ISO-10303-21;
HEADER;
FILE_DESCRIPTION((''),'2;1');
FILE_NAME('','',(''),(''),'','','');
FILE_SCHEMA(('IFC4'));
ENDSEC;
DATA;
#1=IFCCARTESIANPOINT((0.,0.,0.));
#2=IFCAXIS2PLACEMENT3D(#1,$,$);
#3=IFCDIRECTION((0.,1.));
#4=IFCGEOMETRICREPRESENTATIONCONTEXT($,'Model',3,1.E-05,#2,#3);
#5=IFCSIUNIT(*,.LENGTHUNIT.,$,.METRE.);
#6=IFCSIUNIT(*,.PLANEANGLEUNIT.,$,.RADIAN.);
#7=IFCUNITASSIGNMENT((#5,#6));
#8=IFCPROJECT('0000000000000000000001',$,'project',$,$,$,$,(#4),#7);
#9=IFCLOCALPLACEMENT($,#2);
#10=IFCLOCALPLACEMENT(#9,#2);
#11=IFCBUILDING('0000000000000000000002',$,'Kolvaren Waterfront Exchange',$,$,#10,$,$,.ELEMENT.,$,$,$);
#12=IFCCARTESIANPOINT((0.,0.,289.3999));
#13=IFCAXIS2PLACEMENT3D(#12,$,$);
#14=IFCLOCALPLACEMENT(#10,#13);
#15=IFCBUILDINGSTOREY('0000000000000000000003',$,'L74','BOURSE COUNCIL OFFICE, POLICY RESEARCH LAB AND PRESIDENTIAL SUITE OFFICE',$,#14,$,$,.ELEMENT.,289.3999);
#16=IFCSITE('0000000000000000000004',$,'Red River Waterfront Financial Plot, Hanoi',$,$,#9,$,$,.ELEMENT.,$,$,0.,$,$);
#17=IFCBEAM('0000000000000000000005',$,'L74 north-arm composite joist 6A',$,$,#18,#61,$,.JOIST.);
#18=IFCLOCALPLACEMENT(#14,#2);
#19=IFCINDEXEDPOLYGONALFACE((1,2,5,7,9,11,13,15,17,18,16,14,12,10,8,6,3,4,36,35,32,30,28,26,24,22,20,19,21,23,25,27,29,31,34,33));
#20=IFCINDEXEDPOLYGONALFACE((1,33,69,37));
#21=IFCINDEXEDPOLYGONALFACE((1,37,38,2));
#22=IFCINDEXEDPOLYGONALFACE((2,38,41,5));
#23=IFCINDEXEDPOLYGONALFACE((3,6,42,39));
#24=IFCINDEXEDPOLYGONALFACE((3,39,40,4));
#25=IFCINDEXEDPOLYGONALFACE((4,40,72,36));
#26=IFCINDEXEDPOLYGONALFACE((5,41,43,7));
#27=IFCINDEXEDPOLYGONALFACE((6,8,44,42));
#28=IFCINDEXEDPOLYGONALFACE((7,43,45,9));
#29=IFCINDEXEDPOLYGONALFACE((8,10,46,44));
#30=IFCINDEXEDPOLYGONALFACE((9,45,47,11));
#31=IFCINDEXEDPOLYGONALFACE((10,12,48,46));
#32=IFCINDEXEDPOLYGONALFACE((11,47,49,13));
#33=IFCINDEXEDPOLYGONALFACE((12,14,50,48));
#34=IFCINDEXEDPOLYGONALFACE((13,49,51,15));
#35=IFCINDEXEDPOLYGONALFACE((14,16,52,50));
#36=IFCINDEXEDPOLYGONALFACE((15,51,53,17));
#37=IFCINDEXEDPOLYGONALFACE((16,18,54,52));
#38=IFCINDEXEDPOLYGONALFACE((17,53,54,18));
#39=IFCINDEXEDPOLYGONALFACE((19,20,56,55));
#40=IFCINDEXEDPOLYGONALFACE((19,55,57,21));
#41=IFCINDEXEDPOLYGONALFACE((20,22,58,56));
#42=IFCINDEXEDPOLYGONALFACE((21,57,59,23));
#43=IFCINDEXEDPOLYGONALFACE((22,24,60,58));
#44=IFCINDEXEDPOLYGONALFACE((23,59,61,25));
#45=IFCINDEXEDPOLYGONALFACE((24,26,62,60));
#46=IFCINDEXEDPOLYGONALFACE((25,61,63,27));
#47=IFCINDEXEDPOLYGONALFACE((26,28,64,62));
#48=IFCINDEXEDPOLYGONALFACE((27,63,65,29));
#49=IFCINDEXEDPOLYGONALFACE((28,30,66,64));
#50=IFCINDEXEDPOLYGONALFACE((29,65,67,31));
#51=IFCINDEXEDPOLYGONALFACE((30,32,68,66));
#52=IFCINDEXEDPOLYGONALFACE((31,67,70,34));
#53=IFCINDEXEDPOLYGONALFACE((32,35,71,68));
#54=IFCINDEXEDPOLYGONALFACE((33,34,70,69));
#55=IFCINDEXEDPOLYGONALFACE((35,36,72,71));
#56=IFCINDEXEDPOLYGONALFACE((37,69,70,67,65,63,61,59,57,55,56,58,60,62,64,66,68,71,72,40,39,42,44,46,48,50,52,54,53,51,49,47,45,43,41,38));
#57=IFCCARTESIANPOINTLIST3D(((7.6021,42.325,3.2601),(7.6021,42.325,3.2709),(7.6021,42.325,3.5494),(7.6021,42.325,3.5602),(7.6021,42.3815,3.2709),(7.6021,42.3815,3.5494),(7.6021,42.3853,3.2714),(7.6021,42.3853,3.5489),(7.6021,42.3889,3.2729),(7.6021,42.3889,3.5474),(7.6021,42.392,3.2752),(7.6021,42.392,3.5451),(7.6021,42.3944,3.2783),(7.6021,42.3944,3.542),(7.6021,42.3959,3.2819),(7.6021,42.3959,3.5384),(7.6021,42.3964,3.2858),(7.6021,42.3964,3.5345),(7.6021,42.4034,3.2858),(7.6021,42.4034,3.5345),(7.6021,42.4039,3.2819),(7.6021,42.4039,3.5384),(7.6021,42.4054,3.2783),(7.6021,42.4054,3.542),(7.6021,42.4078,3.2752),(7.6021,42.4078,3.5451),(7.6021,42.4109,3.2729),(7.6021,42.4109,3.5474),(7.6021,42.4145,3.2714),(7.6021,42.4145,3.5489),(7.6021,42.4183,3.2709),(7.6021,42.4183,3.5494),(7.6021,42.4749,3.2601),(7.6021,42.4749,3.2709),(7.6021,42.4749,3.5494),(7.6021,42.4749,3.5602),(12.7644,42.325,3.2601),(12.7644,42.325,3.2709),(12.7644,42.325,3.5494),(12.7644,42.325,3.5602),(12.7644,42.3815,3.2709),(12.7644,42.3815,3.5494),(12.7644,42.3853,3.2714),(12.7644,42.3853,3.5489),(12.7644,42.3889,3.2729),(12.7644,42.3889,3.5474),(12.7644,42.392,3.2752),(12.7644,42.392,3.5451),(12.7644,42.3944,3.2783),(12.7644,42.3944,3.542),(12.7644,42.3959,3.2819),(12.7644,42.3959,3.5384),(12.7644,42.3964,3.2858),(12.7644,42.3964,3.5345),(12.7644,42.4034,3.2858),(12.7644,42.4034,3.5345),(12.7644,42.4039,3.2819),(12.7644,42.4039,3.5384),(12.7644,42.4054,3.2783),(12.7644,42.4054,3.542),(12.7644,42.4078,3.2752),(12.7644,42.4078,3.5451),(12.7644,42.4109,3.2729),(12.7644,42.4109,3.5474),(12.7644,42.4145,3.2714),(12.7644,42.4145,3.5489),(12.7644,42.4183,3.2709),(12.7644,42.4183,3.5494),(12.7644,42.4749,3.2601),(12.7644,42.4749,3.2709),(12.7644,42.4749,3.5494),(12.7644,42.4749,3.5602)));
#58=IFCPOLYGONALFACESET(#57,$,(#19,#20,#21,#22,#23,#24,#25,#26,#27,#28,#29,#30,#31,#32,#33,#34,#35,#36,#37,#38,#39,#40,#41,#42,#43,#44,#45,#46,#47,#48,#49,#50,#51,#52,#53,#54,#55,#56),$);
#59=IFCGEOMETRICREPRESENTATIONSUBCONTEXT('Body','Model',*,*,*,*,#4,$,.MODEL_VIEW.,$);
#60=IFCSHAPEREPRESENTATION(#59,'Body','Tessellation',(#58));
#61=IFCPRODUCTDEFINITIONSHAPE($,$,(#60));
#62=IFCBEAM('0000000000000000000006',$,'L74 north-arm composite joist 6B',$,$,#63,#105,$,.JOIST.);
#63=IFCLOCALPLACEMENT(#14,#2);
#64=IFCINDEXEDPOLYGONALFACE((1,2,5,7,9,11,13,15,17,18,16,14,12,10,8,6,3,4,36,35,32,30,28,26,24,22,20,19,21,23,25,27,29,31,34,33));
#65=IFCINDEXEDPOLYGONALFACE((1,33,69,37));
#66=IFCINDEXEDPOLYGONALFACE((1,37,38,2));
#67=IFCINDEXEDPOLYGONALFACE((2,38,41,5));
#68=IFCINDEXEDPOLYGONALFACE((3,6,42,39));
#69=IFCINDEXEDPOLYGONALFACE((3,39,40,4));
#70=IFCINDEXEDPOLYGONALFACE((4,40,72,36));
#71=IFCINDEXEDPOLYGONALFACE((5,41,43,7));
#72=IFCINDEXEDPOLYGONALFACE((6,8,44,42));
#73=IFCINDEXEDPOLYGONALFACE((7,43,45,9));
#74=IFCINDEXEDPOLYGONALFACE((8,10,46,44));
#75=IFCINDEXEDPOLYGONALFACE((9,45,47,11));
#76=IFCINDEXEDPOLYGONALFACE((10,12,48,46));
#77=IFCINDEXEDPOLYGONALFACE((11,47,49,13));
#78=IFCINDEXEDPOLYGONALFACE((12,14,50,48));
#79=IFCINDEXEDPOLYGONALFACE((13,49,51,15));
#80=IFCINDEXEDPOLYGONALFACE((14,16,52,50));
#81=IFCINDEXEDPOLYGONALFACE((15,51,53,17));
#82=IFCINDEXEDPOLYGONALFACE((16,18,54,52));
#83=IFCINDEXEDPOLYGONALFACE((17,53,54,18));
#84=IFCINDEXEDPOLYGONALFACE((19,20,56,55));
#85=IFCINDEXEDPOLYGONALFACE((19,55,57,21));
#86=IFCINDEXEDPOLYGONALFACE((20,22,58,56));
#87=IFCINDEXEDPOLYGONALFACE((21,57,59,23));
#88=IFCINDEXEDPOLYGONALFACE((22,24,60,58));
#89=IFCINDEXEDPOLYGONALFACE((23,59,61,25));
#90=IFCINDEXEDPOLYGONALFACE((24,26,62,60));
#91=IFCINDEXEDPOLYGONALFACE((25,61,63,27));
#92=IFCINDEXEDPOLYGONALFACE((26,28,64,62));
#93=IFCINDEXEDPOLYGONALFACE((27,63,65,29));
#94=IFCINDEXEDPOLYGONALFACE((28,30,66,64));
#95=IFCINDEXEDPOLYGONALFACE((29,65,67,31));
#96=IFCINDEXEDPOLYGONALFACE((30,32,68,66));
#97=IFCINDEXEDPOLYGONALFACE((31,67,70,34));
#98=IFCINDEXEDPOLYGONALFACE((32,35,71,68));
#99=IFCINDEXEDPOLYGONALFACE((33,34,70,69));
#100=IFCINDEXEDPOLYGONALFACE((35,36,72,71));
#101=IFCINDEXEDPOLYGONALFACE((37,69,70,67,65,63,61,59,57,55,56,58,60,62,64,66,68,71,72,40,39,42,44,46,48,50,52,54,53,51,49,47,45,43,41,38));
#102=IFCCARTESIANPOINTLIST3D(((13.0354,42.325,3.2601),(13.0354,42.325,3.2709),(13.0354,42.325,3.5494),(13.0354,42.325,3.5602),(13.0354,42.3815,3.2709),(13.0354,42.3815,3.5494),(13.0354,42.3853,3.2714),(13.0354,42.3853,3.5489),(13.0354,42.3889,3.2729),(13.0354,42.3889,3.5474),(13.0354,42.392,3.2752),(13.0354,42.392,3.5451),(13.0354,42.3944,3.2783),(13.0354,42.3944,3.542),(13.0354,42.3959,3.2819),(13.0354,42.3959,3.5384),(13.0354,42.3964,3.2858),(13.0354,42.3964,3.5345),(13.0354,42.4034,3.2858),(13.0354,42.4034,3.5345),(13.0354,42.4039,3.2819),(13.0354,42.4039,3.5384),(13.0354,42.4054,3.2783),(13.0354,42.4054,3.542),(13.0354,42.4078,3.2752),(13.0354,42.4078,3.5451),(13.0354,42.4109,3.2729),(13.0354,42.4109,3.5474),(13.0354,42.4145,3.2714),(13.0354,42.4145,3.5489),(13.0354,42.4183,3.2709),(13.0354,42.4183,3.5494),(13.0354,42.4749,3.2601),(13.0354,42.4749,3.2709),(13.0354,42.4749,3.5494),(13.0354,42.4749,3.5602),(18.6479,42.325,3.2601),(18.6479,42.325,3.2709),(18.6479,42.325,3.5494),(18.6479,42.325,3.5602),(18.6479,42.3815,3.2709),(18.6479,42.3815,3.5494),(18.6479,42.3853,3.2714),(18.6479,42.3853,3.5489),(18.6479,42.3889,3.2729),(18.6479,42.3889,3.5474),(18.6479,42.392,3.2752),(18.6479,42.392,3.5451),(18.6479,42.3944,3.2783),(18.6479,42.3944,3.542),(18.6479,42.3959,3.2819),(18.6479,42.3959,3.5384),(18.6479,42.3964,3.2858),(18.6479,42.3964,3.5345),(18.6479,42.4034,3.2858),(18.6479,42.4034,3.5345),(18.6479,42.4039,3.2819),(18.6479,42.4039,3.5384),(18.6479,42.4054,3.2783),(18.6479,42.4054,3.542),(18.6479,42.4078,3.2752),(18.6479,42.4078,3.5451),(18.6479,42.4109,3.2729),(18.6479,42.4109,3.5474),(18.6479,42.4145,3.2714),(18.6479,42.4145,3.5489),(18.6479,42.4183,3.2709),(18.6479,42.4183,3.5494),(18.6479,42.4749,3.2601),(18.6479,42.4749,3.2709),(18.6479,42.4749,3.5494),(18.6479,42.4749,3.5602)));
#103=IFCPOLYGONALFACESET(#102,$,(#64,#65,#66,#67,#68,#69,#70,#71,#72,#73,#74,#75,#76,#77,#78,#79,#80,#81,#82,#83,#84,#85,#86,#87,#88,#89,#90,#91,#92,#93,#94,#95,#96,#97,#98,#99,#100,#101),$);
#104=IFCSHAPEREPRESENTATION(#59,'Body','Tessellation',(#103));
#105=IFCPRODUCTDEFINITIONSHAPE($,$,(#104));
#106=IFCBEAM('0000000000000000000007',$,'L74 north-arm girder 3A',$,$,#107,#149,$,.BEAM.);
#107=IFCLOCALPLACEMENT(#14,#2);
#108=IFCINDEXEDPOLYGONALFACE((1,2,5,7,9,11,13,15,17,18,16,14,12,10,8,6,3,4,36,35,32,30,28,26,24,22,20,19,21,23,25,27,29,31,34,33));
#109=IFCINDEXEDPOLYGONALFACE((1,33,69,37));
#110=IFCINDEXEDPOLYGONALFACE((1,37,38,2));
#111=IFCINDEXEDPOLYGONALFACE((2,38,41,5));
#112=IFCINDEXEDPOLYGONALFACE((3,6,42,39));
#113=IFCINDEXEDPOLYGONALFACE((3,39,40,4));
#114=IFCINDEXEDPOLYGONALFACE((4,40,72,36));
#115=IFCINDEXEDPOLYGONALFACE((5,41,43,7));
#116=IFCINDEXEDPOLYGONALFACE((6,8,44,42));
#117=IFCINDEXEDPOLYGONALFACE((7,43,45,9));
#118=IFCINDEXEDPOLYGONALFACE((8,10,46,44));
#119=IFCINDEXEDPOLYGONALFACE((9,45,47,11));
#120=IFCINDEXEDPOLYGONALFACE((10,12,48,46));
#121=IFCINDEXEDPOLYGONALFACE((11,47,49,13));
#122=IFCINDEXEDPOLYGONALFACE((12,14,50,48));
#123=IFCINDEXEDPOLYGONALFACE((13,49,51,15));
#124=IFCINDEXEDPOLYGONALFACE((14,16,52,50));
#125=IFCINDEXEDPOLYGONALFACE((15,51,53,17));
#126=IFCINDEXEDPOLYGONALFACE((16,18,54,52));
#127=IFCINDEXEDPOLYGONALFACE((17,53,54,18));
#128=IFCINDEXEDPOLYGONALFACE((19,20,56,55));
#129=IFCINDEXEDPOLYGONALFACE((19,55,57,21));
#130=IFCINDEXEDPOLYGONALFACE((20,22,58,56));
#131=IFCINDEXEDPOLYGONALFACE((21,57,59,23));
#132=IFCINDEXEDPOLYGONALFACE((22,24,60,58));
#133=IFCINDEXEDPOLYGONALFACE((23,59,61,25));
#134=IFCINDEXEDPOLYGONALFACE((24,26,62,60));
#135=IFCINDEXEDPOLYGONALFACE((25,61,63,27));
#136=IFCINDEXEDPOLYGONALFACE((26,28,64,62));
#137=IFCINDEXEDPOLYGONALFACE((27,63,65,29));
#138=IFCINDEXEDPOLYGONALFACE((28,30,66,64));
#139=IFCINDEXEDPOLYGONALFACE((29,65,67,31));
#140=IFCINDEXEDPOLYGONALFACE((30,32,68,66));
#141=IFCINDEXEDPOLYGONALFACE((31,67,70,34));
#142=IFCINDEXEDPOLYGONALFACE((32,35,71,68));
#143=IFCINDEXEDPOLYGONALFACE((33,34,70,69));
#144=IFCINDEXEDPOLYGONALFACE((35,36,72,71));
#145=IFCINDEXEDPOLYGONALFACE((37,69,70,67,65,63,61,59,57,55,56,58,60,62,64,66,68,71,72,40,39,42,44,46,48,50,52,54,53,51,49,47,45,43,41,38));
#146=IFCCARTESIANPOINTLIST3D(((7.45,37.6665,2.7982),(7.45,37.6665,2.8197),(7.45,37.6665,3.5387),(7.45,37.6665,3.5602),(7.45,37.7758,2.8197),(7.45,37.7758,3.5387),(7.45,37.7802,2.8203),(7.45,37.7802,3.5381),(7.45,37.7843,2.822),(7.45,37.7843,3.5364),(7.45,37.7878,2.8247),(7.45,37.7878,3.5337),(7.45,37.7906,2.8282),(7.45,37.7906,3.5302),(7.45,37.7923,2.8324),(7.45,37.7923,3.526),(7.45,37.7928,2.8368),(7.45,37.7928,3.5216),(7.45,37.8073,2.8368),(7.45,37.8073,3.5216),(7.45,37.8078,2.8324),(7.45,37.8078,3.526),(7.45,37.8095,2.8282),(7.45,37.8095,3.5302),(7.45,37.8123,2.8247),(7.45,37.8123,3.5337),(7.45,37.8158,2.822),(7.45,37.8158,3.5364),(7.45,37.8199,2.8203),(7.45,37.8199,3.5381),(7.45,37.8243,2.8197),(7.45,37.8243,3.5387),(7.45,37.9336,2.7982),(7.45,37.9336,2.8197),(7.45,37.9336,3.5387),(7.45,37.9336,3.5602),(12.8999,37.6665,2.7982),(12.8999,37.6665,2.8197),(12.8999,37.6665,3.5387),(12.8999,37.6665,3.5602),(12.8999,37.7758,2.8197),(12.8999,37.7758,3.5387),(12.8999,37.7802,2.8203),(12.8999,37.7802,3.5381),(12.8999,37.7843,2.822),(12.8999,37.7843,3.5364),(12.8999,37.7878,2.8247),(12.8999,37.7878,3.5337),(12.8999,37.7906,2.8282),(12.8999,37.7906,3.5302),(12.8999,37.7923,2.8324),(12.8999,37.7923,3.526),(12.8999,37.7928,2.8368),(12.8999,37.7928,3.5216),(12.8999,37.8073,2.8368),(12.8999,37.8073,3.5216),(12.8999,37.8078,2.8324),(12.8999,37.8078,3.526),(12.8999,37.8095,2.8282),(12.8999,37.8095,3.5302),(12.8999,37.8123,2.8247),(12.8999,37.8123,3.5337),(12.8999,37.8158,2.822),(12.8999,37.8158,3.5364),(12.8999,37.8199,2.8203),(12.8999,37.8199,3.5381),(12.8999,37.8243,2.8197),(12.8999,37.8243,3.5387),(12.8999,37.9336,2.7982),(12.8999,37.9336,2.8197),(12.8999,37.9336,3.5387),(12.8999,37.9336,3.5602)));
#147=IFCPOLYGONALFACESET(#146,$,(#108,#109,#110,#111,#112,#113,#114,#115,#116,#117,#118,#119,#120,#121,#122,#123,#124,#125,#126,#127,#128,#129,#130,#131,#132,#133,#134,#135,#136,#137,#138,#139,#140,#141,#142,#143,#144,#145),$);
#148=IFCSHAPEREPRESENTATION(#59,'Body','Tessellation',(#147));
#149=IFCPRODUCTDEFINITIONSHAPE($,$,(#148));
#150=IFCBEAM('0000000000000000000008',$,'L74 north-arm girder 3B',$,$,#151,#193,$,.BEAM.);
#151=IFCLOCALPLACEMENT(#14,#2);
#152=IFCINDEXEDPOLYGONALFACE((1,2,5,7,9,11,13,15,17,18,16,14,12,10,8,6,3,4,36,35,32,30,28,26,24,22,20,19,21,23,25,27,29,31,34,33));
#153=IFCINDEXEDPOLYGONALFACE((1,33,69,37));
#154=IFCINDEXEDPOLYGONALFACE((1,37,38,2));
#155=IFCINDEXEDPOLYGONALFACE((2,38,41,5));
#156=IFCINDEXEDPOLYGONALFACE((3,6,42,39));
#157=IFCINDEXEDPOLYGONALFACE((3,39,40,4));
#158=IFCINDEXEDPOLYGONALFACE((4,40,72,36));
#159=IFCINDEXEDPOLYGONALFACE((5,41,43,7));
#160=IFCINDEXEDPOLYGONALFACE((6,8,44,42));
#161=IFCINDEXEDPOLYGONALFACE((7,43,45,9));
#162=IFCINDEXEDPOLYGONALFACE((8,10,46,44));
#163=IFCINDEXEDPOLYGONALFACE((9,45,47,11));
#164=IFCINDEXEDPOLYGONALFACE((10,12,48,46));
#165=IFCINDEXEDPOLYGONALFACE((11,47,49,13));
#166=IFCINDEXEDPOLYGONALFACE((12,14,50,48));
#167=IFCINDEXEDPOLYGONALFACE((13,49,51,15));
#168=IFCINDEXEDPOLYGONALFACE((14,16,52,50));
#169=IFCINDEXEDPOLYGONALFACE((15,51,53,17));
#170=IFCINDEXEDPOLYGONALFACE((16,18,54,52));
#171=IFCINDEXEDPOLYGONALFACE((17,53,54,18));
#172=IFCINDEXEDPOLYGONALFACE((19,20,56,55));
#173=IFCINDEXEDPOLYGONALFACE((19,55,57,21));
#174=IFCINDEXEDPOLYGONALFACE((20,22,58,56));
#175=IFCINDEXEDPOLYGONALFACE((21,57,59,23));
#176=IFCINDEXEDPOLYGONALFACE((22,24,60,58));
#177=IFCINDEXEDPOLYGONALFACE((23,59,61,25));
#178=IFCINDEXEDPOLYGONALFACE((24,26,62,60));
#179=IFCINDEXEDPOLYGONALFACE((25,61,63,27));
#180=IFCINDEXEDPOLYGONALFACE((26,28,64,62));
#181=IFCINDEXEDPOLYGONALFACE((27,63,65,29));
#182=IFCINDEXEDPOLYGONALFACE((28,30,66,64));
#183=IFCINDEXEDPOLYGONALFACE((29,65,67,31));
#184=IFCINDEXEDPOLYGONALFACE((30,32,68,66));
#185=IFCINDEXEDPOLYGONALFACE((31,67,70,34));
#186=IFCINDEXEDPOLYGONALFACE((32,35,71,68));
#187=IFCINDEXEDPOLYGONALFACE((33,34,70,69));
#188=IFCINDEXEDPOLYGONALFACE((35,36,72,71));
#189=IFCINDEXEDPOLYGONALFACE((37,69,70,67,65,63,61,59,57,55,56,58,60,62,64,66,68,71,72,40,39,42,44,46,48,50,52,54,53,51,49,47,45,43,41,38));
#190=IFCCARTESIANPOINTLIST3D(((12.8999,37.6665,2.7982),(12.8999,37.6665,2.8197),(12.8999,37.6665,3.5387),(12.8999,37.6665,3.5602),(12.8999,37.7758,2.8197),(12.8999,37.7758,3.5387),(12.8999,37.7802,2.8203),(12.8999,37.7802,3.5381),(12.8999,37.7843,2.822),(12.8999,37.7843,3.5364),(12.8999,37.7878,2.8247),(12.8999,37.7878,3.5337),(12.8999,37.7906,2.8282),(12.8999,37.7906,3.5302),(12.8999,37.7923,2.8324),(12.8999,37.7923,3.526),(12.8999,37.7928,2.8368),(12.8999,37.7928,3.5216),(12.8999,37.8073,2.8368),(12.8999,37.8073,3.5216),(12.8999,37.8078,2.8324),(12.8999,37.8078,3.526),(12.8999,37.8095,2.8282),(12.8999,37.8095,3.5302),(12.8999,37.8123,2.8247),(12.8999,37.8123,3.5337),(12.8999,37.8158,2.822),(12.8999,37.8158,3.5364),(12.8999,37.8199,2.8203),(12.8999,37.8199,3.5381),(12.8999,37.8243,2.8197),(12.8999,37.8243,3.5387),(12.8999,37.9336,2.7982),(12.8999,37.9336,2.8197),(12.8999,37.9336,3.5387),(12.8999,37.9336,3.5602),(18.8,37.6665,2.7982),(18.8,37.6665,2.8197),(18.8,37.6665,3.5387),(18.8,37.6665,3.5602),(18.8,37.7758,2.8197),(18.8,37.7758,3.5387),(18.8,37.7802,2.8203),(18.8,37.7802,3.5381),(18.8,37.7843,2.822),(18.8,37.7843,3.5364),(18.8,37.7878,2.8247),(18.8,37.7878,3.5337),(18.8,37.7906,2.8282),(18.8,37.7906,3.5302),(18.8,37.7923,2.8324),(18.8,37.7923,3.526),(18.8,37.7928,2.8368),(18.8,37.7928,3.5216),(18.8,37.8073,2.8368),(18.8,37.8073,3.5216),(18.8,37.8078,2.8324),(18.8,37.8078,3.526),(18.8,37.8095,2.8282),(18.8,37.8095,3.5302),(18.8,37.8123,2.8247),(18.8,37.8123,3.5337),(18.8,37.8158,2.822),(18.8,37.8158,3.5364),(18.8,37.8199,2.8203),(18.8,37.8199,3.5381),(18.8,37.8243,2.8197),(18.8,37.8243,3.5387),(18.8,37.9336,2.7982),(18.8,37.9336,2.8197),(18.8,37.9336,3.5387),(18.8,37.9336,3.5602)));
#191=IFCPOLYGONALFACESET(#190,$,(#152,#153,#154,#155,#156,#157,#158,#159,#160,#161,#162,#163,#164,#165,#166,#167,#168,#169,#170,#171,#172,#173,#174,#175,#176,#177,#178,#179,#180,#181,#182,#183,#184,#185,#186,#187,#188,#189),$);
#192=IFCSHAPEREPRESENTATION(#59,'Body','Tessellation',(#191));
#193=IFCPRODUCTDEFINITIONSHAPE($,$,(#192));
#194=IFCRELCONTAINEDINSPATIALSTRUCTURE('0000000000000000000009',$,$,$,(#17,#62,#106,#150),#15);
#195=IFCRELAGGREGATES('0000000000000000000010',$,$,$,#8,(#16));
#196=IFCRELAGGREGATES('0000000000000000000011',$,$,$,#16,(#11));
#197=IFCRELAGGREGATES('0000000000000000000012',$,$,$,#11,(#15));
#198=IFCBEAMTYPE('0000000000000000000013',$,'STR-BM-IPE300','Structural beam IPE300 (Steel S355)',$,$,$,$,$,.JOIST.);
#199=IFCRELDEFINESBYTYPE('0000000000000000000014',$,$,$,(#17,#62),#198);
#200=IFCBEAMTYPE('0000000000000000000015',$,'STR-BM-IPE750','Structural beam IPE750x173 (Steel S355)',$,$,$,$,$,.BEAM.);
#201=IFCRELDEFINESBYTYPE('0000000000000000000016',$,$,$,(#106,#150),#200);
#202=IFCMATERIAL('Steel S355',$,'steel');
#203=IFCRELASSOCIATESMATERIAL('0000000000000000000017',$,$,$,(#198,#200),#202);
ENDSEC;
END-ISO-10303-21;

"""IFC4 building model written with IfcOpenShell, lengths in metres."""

from ifc_helpers import new_model, si_unit, direction, frame, origin, origin_2d, place, context, subcontext, project, spatial, i_section, extrude, material, material_profile, profile_set, type_object, element, save


model = new_model("IFC4")

# Units and contexts
model_context = context("Model", 3, precision=1e-05, world=origin(), true_north=direction((0.0, 1.0)))
body_context = subcontext(model_context, "Body", "Model", "MODEL_VIEW")
ifc_project = project(units=[si_unit("LENGTHUNIT", "METRE"), si_unit("PLANEANGLEUNIT", "RADIAN")], contexts=[model_context])

# Site, building, storey
site_placement = place(None, origin())
site = spatial("IfcSite", under=ifc_project, at=site_placement, Name="Red River Waterfront Financial Plot, Hanoi", CompositionType="ELEMENT", RefElevation=0.0)
building_placement = place(site_placement, origin())
building = spatial("IfcBuilding", under=site, at=building_placement, Name="Kolvaren Waterfront Exchange", CompositionType="ELEMENT")
storey_placement = place(building_placement, frame((0.0, 0.0, 289.3999)))
storey = spatial("IfcBuildingStorey", under=building, at=storey_placement, Name="L74", Description="BOURSE COUNCIL OFFICE, POLICY RESEARCH LAB AND PRESIDENTIAL SUITE OFFICE", CompositionType="ELEMENT", Elevation=289.3999)

# Beams
ifc_material_1 = material(Name="Steel S355", Category="steel")
ifc_material_profile_1 = material_profile(ifc_material_1, i_section(OverallWidth=0.1499, OverallDepth=0.3, WebThickness=0.0071, FlangeThickness=0.0107, FilletRadius=0.0149, at=origin_2d()), Name="IPE300")
ifc_profile_set_1 = profile_set([ifc_material_profile_1], Name="Steel S355")
beam_type_1 = type_object("IfcBeamType", Name="STR-BM-IPE300", Description="Structural beam IPE300 (Steel S355)", PredefinedType="JOIST", material=ifc_profile_set_1)
beam_1_placement = place(storey_placement, frame((7.6021, 42.3999, 3.4102), z_axis=(1.0, 0.0, 0.0), x_axis=(0.0, 1.0, 0.0)))
element("IfcBeam", 1, at=beam_1_placement, inside=storey, type_object=beam_type_1, Name="L74 north-arm composite joist 6A", PredefinedType="JOIST", context=body_context, shape_type="SweptSolid", body=[
    extrude(i_section(OverallWidth=0.1499, OverallDepth=0.3, WebThickness=0.0071, FlangeThickness=0.0107, FilletRadius=0.0149, at=origin_2d()), origin(), (0.0, 0.0, 1.0), 5.1624),
])
beam_2_placement = place(storey_placement, frame((13.0354, 42.3999, 3.4102), z_axis=(1.0, 0.0, 0.0), x_axis=(0.0, 1.0, 0.0)))
element("IfcBeam", 2, at=beam_2_placement, inside=storey, type_object=beam_type_1, Name="L74 north-arm composite joist 6B", PredefinedType="JOIST", context=body_context, shape_type="SweptSolid", body=[
    extrude(i_section(OverallWidth=0.1499, OverallDepth=0.3, WebThickness=0.0071, FlangeThickness=0.0107, FilletRadius=0.0149, at=origin_2d()), origin(), (0.0, 0.0, 1.0), 5.6125),
])
ifc_material_profile_2 = material_profile(ifc_material_1, i_section(OverallWidth=0.2671, OverallDepth=0.762, WebThickness=0.0144, FlangeThickness=0.0215, FilletRadius=0.0171, at=origin_2d()), Name="IPE750x173")
ifc_profile_set_2 = profile_set([ifc_material_profile_2], Name="Steel S355")
beam_type_2 = type_object("IfcBeamType", Name="STR-BM-IPE750", Description="Structural beam IPE750x173 (Steel S355)", PredefinedType="BEAM", material=ifc_profile_set_2)
beam_3_placement = place(storey_placement, frame((7.45, 37.8, 3.1792), z_axis=(1.0, 0.0, 0.0), x_axis=(0.0, 1.0, 0.0)))
element("IfcBeam", 3, at=beam_3_placement, inside=storey, type_object=beam_type_2, Name="L74 north-arm girder 3A", PredefinedType="BEAM", context=body_context, shape_type="SweptSolid", body=[
    extrude(i_section(OverallWidth=0.2671, OverallDepth=0.762, WebThickness=0.0144, FlangeThickness=0.0215, FilletRadius=0.0171, at=origin_2d()), origin(), (0.0, 0.0, 1.0), 5.45),
])
beam_4_placement = place(storey_placement, frame((12.8999, 37.8, 3.1792), z_axis=(1.0, 0.0, 0.0), x_axis=(0.0, 1.0, 0.0)))
element("IfcBeam", 4, at=beam_4_placement, inside=storey, type_object=beam_type_2, Name="L74 north-arm girder 3B", PredefinedType="BEAM", context=body_context, shape_type="SweptSolid", body=[
    extrude(i_section(OverallWidth=0.2671, OverallDepth=0.762, WebThickness=0.0144, FlangeThickness=0.0215, FilletRadius=0.0171, at=origin_2d()), origin(), (0.0, 0.0, 1.0), 5.9001),
])

save(model, "model.ifc")
